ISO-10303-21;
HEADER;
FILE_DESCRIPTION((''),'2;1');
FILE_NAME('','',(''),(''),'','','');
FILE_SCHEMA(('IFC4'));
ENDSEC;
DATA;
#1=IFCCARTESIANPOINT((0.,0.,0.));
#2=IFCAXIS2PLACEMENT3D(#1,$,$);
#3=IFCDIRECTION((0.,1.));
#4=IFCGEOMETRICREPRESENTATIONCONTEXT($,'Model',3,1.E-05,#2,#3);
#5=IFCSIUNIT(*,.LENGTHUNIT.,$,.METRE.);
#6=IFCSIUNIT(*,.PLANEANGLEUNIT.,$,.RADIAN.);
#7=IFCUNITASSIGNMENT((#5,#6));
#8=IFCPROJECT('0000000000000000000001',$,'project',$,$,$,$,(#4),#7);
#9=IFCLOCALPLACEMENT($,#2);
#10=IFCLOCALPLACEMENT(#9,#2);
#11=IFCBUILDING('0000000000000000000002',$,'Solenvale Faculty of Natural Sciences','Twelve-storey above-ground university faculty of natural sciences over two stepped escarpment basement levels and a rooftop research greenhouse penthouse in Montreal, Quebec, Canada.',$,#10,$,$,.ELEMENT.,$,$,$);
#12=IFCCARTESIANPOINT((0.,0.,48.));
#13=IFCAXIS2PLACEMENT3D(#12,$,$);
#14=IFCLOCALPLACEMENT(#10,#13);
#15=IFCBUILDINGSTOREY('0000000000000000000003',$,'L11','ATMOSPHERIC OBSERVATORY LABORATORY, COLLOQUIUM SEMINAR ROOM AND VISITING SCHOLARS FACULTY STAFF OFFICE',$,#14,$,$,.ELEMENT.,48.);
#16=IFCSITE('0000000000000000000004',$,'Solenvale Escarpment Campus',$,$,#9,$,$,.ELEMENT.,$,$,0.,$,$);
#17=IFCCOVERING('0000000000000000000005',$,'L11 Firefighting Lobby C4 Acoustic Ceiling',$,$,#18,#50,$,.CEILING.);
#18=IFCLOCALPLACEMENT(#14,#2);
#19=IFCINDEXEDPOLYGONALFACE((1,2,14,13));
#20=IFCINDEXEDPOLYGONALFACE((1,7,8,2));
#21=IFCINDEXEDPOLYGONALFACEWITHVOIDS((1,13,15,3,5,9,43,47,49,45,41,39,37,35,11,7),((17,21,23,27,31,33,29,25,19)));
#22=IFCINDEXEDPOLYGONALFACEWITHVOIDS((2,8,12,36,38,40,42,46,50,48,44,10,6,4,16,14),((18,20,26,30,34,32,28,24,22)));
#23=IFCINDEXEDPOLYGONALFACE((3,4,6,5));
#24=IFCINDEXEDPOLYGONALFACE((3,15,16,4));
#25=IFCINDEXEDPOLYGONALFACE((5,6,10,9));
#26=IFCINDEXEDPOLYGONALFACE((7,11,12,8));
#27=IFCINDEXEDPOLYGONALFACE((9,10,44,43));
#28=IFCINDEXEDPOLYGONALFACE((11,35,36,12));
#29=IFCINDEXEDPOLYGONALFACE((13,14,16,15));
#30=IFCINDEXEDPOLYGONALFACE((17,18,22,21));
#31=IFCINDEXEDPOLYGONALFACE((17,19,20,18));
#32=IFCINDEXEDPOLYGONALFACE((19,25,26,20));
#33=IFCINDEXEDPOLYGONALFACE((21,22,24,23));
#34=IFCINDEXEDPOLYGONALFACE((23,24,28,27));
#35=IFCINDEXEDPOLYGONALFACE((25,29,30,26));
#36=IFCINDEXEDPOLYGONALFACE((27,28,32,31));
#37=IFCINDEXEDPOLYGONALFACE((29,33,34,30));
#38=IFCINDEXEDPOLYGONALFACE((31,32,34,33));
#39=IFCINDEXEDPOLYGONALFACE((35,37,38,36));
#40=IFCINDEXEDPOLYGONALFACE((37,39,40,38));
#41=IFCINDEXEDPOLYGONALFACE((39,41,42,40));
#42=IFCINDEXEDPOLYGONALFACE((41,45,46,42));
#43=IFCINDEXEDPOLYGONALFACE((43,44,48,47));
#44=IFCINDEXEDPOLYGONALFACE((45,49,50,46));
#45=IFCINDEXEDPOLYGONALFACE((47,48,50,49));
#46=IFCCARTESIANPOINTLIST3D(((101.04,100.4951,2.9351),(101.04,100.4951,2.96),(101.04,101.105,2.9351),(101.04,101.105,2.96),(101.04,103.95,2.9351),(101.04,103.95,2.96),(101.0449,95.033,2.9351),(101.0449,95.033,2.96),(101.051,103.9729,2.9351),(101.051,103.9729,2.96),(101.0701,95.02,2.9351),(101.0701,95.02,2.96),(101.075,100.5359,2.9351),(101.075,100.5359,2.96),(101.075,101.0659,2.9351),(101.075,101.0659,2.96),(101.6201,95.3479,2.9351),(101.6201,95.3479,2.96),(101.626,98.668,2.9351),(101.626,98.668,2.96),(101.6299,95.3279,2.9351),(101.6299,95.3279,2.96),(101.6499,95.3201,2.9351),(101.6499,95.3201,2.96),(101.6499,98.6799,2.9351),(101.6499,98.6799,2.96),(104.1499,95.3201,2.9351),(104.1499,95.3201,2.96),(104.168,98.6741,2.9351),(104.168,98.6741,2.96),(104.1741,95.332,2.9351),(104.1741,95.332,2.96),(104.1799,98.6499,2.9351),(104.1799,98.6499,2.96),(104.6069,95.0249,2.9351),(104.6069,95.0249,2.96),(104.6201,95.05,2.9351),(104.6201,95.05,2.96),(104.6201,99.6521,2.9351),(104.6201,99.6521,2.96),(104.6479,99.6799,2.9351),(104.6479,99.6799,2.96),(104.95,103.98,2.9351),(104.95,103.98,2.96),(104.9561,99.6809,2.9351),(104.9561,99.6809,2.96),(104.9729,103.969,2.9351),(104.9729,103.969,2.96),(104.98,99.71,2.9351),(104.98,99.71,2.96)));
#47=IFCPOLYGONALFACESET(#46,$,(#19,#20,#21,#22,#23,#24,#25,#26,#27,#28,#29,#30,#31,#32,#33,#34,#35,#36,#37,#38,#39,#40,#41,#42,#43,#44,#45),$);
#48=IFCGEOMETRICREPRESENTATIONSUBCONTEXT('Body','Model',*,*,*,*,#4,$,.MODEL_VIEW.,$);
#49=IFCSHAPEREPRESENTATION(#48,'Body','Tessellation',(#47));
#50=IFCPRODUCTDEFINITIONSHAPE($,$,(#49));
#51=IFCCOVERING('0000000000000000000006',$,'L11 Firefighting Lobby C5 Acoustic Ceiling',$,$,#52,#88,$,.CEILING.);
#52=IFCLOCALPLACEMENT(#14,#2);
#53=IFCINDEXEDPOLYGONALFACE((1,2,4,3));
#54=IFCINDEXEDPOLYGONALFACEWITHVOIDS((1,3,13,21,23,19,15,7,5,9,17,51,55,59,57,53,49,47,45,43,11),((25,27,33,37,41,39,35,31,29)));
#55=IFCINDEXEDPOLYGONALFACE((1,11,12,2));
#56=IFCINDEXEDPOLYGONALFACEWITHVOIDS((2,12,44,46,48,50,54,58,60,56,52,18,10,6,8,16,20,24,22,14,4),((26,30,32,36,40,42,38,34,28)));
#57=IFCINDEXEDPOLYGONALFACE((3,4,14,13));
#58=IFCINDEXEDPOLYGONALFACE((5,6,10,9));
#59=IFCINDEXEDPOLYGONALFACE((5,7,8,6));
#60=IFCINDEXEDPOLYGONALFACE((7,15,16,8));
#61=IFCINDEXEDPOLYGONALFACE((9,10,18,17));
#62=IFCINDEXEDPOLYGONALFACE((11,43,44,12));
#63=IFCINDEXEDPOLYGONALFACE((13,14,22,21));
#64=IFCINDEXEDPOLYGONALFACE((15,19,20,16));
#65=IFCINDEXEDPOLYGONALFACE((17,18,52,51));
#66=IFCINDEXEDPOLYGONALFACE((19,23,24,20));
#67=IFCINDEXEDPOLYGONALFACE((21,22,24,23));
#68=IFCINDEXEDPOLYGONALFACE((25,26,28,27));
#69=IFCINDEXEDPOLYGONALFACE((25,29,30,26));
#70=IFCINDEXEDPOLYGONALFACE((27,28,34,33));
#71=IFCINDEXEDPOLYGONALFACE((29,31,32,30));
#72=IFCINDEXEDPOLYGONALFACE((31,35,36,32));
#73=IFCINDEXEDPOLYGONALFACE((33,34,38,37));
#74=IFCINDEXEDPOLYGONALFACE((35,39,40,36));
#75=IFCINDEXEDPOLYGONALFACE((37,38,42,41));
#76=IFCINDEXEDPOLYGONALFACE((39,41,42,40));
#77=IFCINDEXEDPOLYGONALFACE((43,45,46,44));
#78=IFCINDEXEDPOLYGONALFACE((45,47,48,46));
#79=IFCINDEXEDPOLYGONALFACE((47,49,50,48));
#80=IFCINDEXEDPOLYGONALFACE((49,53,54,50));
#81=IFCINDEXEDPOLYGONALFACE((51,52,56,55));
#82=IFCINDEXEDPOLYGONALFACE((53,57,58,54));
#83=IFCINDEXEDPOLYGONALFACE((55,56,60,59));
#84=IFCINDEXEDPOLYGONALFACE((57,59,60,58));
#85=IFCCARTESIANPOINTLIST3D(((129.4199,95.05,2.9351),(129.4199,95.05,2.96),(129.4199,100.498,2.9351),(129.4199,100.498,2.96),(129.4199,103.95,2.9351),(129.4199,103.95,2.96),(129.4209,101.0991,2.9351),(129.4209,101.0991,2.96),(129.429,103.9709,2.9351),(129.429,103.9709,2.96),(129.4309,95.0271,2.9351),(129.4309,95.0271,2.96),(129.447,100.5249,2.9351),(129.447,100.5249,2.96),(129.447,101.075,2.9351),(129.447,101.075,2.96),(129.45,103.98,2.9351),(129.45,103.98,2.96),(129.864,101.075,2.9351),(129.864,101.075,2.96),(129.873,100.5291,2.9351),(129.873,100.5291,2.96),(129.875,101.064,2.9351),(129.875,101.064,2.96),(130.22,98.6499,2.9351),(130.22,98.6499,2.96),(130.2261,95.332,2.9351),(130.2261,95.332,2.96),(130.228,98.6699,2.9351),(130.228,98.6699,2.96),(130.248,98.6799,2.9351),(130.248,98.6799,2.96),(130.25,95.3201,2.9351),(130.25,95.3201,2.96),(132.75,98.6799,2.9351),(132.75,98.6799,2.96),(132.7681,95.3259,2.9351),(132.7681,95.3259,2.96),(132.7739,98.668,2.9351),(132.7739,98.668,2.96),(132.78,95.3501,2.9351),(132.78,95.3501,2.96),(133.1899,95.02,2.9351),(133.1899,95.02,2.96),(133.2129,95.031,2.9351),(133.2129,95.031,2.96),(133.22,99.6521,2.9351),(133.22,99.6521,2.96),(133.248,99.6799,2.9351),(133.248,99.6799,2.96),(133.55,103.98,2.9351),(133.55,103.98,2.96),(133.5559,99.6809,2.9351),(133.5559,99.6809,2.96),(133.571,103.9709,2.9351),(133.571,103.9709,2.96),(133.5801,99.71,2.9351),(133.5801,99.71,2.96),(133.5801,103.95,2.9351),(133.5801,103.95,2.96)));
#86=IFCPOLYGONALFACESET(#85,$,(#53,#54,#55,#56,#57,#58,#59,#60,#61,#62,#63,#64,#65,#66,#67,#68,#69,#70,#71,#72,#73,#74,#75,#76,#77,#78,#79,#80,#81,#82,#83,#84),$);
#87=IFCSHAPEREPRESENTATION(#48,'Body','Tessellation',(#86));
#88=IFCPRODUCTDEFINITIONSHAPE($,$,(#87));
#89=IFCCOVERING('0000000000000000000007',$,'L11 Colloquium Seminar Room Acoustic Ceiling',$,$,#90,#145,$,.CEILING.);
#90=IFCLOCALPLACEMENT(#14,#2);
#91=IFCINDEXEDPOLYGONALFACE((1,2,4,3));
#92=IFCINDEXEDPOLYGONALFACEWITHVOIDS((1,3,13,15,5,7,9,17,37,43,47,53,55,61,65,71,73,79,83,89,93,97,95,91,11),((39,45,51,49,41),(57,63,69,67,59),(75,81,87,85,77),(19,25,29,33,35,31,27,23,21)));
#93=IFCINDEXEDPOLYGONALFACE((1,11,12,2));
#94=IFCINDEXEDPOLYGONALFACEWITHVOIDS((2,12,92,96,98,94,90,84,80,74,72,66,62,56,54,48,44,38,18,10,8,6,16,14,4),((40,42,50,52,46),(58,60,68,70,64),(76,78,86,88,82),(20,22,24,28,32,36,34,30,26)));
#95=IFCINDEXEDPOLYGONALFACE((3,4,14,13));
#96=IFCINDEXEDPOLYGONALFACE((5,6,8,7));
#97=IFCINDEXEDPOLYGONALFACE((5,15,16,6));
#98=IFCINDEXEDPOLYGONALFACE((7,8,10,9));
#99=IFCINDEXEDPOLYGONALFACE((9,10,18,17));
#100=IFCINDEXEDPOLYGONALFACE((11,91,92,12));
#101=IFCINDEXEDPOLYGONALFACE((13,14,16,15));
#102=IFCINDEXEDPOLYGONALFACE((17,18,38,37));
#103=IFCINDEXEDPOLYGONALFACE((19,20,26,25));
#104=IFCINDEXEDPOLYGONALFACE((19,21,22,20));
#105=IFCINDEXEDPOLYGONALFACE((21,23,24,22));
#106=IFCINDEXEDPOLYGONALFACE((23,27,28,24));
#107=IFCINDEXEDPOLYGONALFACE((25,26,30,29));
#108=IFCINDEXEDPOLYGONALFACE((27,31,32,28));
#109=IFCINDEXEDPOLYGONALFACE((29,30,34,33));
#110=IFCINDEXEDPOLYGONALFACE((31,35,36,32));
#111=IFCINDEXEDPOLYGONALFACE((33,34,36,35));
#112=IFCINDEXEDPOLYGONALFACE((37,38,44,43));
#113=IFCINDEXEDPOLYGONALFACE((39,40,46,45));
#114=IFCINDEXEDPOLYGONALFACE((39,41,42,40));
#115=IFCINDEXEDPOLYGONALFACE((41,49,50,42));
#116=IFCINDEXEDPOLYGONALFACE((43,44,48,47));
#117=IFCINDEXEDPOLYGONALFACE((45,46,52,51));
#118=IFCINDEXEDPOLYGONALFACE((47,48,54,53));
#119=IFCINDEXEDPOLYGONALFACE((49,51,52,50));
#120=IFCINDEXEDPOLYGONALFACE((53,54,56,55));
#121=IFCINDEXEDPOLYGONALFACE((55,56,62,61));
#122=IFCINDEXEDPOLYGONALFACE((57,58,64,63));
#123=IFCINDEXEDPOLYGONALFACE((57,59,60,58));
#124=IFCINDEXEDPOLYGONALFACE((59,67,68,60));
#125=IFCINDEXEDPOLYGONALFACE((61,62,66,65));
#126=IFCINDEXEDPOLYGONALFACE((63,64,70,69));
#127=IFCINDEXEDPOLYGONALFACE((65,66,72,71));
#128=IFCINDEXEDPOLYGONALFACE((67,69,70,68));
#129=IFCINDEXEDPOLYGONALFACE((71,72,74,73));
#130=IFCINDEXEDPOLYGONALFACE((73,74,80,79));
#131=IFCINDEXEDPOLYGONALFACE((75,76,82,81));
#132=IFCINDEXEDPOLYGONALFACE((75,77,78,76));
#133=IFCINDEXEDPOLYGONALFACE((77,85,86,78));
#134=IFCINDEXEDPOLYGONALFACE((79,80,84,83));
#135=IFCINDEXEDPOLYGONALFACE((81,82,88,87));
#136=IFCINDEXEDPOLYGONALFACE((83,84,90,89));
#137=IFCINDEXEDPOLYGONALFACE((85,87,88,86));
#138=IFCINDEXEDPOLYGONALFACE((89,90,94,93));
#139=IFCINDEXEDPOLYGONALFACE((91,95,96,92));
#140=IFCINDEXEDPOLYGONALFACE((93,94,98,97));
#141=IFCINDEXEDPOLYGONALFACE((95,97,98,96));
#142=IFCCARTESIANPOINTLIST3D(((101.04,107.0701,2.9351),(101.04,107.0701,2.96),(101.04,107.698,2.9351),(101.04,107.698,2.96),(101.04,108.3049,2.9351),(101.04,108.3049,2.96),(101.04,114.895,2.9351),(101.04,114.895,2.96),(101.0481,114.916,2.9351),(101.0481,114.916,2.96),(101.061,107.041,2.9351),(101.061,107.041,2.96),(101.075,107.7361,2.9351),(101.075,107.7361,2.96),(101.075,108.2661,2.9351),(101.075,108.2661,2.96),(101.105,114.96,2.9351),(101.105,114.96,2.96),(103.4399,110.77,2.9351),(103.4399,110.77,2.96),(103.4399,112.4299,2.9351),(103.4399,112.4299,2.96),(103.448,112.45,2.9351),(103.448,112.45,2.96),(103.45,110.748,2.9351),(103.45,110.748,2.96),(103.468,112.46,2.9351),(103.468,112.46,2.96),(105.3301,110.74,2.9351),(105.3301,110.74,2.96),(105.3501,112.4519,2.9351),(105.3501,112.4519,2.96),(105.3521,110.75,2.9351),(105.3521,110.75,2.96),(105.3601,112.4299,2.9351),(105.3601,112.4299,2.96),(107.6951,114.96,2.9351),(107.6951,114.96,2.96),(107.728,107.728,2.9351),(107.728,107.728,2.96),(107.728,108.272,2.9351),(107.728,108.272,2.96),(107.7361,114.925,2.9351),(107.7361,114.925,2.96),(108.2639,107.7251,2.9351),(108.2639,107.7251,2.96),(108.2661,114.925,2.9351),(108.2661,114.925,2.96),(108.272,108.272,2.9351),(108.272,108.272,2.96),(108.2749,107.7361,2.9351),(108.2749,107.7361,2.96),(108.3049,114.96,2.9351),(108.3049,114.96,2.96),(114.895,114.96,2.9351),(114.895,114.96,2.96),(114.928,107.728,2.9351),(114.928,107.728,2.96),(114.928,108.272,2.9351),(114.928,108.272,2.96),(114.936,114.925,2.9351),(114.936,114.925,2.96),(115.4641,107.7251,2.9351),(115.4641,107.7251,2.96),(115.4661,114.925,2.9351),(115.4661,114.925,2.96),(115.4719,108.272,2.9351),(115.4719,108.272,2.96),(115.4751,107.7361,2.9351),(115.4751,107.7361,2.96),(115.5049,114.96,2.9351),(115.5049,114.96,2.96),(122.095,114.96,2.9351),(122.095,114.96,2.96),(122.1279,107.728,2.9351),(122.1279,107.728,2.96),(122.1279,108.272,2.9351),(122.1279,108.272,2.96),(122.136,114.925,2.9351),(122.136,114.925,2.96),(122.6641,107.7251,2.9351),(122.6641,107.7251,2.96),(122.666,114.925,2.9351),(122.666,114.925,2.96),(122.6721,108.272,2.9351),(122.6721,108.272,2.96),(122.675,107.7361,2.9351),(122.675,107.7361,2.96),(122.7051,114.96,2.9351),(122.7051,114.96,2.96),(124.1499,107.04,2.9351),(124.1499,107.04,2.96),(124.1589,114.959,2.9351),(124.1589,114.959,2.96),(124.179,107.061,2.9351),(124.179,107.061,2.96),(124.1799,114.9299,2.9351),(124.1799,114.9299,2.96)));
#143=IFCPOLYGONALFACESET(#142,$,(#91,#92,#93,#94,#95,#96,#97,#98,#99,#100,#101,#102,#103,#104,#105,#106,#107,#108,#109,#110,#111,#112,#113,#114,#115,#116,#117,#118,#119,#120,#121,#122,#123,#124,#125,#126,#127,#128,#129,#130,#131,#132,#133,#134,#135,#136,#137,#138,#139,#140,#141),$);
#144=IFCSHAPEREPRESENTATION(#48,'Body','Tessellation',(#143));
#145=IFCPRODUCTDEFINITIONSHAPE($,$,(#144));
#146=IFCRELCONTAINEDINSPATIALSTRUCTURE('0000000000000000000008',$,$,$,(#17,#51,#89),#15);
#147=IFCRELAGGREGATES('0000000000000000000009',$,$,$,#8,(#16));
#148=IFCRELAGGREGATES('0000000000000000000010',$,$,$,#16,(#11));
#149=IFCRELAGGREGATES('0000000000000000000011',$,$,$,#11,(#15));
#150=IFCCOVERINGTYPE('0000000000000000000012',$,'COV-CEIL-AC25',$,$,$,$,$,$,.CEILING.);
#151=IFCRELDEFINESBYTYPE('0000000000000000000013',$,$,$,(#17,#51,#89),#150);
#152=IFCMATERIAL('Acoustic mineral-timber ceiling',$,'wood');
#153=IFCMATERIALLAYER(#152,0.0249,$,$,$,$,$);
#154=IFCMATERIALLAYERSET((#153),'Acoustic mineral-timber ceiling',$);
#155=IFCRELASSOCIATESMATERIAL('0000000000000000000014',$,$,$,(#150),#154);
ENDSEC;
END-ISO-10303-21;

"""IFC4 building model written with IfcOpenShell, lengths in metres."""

from ifc_helpers import new_model, si_unit, direction, frame, origin, place, context, subcontext, project, spatial, polyline, outline, extrude, material, layer, layer_set, type_object, element, save


model = new_model("IFC4")

# Units and contexts
model_context = context("Model", 3, precision=1e-05, world=origin(), true_north=direction((0.0, 1.0)))
body_context = subcontext(model_context, "Body", "Model", "MODEL_VIEW")
ifc_project = project(units=[si_unit("LENGTHUNIT", "METRE"), si_unit("PLANEANGLEUNIT", "RADIAN")], contexts=[model_context])

# Site, building, storey
site_placement = place(None, origin())
site = spatial("IfcSite", under=ifc_project, at=site_placement, Name="Solenvale Escarpment Campus", CompositionType="ELEMENT", RefElevation=0.0)
building_placement = place(site_placement, origin())
building = spatial("IfcBuilding", under=site, at=building_placement, Name="Solenvale Faculty of Natural Sciences", Description="Twelve-storey above-ground university faculty of natural sciences over two stepped escarpment basement levels and a rooftop research greenhouse penthouse in Montreal, Quebec, Canada.", CompositionType="ELEMENT")
storey_placement = place(building_placement, frame((0.0, 0.0, 48.0)))
storey = spatial("IfcBuildingStorey", under=building, at=storey_placement, Name="L11", Description="ATMOSPHERIC OBSERVATORY LABORATORY, COLLOQUIUM SEMINAR ROOM AND VISITING SCHOLARS FACULTY STAFF OFFICE", CompositionType="ELEMENT", Elevation=48.0)

# Coverings
ifc_material_1 = material(Name="Acoustic mineral-timber ceiling", Category="wood")
ifc_layer_1 = layer(ifc_material_1, 0.0249)
ifc_layer_set_1 = layer_set([ifc_layer_1], Name="Acoustic mineral-timber ceiling")
covering_type_1 = type_object("IfcCoveringType", Name="COV-CEIL-AC25", PredefinedType="CEILING", material=ifc_layer_set_1)
covering_1_placement = place(storey_placement, frame((0.0, 0.0, 2.9351)))
element("IfcCovering", 1, at=covering_1_placement, inside=storey, type_object=covering_type_1, Name="L11 Firefighting Lobby C4 Acoustic Ceiling", PredefinedType="CEILING", context=body_context, shape_type="SweptSolid", body=[
    extrude(outline(polyline([(101.04, 100.4951), (101.075, 100.5359), (101.075, 101.0659), (101.04, 101.105), (101.04, 103.95), (101.051, 103.9729), (104.95, 103.98), (104.9729, 103.969), (104.98, 99.71), (104.9561, 99.6809), (104.6479, 99.6799), (104.6201, 99.6521), (104.6201, 95.05), (104.6069, 95.0249), (101.0701, 95.02), (101.0449, 95.033), (101.04, 100.4951)]), holes=[polyline([(101.6201, 95.3479), (101.6299, 95.3279), (101.6499, 95.3201), (104.1499, 95.3201), (104.1741, 95.332), (104.1799, 98.6499), (104.168, 98.6741), (101.6499, 98.6799), (101.626, 98.668), (101.6201, 95.3479)])]), origin(), (0.0, 0.0, 1.0), 0.0249),
])
covering_2_placement = place(storey_placement, frame((0.0, 0.0, 2.9351)))
element("IfcCovering", 2, at=covering_2_placement, inside=storey, type_object=covering_type_1, Name="L11 Firefighting Lobby C5 Acoustic Ceiling", PredefinedType="CEILING", context=body_context, shape_type="SweptSolid", body=[
    extrude(outline(polyline([(133.5801, 99.71), (133.5559, 99.6809), (133.248, 99.6799), (133.22, 99.6521), (133.2129, 95.031), (133.1899, 95.02), (129.4309, 95.0271), (129.4199, 95.05), (129.4199, 100.498), (129.447, 100.5249), (129.873, 100.5291), (129.875, 101.064), (129.864, 101.075), (129.447, 101.075), (129.4209, 101.0991), (129.4199, 103.95), (129.429, 103.9709), (129.45, 103.98), (133.55, 103.98), (133.571, 103.9709), (133.5801, 103.95), (133.5801, 99.71)]), holes=[polyline([(130.248, 98.6799), (130.228, 98.6699), (130.22, 98.6499), (130.2261, 95.332), (130.25, 95.3201), (132.7681, 95.3259), (132.78, 95.3501), (132.7739, 98.668), (132.75, 98.6799), (130.248, 98.6799)])]), origin(), (0.0, 0.0, 1.0), 0.0249),
])
covering_3_placement = place(storey_placement, frame((0.0, 0.0, 2.9351)))
element("IfcCovering", 3, at=covering_3_placement, inside=storey, type_object=covering_type_1, Name="L11 Colloquium Seminar Room Acoustic Ceiling", PredefinedType="CEILING", context=body_context, shape_type="SweptSolid", body=[
    extrude(outline(polyline([(101.04, 114.895), (101.0481, 114.916), (101.105, 114.96), (107.6951, 114.96), (107.7361, 114.925), (108.2661, 114.925), (108.3049, 114.96), (114.895, 114.96), (114.936, 114.925), (115.4661, 114.925), (115.5049, 114.96), (122.095, 114.96), (122.136, 114.925), (122.666, 114.925), (122.7051, 114.96), (124.1589, 114.959), (124.1799, 114.9299), (124.179, 107.061), (124.1499, 107.04), (101.061, 107.041), (101.04, 107.0701), (101.04, 107.698), (101.075, 107.7361), (101.075, 108.2661), (101.04, 108.3049), (101.04, 114.895)]), holes=[polyline([(122.6641, 107.7251), (122.675, 107.7361), (122.6721, 108.272), (122.1279, 108.272), (122.1279, 107.728), (122.6641, 107.7251)]), polyline([(115.4641, 107.7251), (115.4751, 107.7361), (115.4719, 108.272), (114.928, 108.272), (114.928, 107.728), (115.4641, 107.7251)]), polyline([(108.2639, 107.7251), (108.2749, 107.7361), (108.272, 108.272), (107.728, 108.272), (107.728, 107.728), (108.2639, 107.7251)]), polyline([(103.468, 112.46), (103.448, 112.45), (103.4399, 112.4299), (103.4399, 110.77), (103.45, 110.748), (105.3301, 110.74), (105.3521, 110.75), (105.3601, 112.4299), (105.3501, 112.4519), (103.468, 112.46)])]), origin(), (0.0, 0.0, 1.0), 0.0249),
])

save(model, "model.ifc")
